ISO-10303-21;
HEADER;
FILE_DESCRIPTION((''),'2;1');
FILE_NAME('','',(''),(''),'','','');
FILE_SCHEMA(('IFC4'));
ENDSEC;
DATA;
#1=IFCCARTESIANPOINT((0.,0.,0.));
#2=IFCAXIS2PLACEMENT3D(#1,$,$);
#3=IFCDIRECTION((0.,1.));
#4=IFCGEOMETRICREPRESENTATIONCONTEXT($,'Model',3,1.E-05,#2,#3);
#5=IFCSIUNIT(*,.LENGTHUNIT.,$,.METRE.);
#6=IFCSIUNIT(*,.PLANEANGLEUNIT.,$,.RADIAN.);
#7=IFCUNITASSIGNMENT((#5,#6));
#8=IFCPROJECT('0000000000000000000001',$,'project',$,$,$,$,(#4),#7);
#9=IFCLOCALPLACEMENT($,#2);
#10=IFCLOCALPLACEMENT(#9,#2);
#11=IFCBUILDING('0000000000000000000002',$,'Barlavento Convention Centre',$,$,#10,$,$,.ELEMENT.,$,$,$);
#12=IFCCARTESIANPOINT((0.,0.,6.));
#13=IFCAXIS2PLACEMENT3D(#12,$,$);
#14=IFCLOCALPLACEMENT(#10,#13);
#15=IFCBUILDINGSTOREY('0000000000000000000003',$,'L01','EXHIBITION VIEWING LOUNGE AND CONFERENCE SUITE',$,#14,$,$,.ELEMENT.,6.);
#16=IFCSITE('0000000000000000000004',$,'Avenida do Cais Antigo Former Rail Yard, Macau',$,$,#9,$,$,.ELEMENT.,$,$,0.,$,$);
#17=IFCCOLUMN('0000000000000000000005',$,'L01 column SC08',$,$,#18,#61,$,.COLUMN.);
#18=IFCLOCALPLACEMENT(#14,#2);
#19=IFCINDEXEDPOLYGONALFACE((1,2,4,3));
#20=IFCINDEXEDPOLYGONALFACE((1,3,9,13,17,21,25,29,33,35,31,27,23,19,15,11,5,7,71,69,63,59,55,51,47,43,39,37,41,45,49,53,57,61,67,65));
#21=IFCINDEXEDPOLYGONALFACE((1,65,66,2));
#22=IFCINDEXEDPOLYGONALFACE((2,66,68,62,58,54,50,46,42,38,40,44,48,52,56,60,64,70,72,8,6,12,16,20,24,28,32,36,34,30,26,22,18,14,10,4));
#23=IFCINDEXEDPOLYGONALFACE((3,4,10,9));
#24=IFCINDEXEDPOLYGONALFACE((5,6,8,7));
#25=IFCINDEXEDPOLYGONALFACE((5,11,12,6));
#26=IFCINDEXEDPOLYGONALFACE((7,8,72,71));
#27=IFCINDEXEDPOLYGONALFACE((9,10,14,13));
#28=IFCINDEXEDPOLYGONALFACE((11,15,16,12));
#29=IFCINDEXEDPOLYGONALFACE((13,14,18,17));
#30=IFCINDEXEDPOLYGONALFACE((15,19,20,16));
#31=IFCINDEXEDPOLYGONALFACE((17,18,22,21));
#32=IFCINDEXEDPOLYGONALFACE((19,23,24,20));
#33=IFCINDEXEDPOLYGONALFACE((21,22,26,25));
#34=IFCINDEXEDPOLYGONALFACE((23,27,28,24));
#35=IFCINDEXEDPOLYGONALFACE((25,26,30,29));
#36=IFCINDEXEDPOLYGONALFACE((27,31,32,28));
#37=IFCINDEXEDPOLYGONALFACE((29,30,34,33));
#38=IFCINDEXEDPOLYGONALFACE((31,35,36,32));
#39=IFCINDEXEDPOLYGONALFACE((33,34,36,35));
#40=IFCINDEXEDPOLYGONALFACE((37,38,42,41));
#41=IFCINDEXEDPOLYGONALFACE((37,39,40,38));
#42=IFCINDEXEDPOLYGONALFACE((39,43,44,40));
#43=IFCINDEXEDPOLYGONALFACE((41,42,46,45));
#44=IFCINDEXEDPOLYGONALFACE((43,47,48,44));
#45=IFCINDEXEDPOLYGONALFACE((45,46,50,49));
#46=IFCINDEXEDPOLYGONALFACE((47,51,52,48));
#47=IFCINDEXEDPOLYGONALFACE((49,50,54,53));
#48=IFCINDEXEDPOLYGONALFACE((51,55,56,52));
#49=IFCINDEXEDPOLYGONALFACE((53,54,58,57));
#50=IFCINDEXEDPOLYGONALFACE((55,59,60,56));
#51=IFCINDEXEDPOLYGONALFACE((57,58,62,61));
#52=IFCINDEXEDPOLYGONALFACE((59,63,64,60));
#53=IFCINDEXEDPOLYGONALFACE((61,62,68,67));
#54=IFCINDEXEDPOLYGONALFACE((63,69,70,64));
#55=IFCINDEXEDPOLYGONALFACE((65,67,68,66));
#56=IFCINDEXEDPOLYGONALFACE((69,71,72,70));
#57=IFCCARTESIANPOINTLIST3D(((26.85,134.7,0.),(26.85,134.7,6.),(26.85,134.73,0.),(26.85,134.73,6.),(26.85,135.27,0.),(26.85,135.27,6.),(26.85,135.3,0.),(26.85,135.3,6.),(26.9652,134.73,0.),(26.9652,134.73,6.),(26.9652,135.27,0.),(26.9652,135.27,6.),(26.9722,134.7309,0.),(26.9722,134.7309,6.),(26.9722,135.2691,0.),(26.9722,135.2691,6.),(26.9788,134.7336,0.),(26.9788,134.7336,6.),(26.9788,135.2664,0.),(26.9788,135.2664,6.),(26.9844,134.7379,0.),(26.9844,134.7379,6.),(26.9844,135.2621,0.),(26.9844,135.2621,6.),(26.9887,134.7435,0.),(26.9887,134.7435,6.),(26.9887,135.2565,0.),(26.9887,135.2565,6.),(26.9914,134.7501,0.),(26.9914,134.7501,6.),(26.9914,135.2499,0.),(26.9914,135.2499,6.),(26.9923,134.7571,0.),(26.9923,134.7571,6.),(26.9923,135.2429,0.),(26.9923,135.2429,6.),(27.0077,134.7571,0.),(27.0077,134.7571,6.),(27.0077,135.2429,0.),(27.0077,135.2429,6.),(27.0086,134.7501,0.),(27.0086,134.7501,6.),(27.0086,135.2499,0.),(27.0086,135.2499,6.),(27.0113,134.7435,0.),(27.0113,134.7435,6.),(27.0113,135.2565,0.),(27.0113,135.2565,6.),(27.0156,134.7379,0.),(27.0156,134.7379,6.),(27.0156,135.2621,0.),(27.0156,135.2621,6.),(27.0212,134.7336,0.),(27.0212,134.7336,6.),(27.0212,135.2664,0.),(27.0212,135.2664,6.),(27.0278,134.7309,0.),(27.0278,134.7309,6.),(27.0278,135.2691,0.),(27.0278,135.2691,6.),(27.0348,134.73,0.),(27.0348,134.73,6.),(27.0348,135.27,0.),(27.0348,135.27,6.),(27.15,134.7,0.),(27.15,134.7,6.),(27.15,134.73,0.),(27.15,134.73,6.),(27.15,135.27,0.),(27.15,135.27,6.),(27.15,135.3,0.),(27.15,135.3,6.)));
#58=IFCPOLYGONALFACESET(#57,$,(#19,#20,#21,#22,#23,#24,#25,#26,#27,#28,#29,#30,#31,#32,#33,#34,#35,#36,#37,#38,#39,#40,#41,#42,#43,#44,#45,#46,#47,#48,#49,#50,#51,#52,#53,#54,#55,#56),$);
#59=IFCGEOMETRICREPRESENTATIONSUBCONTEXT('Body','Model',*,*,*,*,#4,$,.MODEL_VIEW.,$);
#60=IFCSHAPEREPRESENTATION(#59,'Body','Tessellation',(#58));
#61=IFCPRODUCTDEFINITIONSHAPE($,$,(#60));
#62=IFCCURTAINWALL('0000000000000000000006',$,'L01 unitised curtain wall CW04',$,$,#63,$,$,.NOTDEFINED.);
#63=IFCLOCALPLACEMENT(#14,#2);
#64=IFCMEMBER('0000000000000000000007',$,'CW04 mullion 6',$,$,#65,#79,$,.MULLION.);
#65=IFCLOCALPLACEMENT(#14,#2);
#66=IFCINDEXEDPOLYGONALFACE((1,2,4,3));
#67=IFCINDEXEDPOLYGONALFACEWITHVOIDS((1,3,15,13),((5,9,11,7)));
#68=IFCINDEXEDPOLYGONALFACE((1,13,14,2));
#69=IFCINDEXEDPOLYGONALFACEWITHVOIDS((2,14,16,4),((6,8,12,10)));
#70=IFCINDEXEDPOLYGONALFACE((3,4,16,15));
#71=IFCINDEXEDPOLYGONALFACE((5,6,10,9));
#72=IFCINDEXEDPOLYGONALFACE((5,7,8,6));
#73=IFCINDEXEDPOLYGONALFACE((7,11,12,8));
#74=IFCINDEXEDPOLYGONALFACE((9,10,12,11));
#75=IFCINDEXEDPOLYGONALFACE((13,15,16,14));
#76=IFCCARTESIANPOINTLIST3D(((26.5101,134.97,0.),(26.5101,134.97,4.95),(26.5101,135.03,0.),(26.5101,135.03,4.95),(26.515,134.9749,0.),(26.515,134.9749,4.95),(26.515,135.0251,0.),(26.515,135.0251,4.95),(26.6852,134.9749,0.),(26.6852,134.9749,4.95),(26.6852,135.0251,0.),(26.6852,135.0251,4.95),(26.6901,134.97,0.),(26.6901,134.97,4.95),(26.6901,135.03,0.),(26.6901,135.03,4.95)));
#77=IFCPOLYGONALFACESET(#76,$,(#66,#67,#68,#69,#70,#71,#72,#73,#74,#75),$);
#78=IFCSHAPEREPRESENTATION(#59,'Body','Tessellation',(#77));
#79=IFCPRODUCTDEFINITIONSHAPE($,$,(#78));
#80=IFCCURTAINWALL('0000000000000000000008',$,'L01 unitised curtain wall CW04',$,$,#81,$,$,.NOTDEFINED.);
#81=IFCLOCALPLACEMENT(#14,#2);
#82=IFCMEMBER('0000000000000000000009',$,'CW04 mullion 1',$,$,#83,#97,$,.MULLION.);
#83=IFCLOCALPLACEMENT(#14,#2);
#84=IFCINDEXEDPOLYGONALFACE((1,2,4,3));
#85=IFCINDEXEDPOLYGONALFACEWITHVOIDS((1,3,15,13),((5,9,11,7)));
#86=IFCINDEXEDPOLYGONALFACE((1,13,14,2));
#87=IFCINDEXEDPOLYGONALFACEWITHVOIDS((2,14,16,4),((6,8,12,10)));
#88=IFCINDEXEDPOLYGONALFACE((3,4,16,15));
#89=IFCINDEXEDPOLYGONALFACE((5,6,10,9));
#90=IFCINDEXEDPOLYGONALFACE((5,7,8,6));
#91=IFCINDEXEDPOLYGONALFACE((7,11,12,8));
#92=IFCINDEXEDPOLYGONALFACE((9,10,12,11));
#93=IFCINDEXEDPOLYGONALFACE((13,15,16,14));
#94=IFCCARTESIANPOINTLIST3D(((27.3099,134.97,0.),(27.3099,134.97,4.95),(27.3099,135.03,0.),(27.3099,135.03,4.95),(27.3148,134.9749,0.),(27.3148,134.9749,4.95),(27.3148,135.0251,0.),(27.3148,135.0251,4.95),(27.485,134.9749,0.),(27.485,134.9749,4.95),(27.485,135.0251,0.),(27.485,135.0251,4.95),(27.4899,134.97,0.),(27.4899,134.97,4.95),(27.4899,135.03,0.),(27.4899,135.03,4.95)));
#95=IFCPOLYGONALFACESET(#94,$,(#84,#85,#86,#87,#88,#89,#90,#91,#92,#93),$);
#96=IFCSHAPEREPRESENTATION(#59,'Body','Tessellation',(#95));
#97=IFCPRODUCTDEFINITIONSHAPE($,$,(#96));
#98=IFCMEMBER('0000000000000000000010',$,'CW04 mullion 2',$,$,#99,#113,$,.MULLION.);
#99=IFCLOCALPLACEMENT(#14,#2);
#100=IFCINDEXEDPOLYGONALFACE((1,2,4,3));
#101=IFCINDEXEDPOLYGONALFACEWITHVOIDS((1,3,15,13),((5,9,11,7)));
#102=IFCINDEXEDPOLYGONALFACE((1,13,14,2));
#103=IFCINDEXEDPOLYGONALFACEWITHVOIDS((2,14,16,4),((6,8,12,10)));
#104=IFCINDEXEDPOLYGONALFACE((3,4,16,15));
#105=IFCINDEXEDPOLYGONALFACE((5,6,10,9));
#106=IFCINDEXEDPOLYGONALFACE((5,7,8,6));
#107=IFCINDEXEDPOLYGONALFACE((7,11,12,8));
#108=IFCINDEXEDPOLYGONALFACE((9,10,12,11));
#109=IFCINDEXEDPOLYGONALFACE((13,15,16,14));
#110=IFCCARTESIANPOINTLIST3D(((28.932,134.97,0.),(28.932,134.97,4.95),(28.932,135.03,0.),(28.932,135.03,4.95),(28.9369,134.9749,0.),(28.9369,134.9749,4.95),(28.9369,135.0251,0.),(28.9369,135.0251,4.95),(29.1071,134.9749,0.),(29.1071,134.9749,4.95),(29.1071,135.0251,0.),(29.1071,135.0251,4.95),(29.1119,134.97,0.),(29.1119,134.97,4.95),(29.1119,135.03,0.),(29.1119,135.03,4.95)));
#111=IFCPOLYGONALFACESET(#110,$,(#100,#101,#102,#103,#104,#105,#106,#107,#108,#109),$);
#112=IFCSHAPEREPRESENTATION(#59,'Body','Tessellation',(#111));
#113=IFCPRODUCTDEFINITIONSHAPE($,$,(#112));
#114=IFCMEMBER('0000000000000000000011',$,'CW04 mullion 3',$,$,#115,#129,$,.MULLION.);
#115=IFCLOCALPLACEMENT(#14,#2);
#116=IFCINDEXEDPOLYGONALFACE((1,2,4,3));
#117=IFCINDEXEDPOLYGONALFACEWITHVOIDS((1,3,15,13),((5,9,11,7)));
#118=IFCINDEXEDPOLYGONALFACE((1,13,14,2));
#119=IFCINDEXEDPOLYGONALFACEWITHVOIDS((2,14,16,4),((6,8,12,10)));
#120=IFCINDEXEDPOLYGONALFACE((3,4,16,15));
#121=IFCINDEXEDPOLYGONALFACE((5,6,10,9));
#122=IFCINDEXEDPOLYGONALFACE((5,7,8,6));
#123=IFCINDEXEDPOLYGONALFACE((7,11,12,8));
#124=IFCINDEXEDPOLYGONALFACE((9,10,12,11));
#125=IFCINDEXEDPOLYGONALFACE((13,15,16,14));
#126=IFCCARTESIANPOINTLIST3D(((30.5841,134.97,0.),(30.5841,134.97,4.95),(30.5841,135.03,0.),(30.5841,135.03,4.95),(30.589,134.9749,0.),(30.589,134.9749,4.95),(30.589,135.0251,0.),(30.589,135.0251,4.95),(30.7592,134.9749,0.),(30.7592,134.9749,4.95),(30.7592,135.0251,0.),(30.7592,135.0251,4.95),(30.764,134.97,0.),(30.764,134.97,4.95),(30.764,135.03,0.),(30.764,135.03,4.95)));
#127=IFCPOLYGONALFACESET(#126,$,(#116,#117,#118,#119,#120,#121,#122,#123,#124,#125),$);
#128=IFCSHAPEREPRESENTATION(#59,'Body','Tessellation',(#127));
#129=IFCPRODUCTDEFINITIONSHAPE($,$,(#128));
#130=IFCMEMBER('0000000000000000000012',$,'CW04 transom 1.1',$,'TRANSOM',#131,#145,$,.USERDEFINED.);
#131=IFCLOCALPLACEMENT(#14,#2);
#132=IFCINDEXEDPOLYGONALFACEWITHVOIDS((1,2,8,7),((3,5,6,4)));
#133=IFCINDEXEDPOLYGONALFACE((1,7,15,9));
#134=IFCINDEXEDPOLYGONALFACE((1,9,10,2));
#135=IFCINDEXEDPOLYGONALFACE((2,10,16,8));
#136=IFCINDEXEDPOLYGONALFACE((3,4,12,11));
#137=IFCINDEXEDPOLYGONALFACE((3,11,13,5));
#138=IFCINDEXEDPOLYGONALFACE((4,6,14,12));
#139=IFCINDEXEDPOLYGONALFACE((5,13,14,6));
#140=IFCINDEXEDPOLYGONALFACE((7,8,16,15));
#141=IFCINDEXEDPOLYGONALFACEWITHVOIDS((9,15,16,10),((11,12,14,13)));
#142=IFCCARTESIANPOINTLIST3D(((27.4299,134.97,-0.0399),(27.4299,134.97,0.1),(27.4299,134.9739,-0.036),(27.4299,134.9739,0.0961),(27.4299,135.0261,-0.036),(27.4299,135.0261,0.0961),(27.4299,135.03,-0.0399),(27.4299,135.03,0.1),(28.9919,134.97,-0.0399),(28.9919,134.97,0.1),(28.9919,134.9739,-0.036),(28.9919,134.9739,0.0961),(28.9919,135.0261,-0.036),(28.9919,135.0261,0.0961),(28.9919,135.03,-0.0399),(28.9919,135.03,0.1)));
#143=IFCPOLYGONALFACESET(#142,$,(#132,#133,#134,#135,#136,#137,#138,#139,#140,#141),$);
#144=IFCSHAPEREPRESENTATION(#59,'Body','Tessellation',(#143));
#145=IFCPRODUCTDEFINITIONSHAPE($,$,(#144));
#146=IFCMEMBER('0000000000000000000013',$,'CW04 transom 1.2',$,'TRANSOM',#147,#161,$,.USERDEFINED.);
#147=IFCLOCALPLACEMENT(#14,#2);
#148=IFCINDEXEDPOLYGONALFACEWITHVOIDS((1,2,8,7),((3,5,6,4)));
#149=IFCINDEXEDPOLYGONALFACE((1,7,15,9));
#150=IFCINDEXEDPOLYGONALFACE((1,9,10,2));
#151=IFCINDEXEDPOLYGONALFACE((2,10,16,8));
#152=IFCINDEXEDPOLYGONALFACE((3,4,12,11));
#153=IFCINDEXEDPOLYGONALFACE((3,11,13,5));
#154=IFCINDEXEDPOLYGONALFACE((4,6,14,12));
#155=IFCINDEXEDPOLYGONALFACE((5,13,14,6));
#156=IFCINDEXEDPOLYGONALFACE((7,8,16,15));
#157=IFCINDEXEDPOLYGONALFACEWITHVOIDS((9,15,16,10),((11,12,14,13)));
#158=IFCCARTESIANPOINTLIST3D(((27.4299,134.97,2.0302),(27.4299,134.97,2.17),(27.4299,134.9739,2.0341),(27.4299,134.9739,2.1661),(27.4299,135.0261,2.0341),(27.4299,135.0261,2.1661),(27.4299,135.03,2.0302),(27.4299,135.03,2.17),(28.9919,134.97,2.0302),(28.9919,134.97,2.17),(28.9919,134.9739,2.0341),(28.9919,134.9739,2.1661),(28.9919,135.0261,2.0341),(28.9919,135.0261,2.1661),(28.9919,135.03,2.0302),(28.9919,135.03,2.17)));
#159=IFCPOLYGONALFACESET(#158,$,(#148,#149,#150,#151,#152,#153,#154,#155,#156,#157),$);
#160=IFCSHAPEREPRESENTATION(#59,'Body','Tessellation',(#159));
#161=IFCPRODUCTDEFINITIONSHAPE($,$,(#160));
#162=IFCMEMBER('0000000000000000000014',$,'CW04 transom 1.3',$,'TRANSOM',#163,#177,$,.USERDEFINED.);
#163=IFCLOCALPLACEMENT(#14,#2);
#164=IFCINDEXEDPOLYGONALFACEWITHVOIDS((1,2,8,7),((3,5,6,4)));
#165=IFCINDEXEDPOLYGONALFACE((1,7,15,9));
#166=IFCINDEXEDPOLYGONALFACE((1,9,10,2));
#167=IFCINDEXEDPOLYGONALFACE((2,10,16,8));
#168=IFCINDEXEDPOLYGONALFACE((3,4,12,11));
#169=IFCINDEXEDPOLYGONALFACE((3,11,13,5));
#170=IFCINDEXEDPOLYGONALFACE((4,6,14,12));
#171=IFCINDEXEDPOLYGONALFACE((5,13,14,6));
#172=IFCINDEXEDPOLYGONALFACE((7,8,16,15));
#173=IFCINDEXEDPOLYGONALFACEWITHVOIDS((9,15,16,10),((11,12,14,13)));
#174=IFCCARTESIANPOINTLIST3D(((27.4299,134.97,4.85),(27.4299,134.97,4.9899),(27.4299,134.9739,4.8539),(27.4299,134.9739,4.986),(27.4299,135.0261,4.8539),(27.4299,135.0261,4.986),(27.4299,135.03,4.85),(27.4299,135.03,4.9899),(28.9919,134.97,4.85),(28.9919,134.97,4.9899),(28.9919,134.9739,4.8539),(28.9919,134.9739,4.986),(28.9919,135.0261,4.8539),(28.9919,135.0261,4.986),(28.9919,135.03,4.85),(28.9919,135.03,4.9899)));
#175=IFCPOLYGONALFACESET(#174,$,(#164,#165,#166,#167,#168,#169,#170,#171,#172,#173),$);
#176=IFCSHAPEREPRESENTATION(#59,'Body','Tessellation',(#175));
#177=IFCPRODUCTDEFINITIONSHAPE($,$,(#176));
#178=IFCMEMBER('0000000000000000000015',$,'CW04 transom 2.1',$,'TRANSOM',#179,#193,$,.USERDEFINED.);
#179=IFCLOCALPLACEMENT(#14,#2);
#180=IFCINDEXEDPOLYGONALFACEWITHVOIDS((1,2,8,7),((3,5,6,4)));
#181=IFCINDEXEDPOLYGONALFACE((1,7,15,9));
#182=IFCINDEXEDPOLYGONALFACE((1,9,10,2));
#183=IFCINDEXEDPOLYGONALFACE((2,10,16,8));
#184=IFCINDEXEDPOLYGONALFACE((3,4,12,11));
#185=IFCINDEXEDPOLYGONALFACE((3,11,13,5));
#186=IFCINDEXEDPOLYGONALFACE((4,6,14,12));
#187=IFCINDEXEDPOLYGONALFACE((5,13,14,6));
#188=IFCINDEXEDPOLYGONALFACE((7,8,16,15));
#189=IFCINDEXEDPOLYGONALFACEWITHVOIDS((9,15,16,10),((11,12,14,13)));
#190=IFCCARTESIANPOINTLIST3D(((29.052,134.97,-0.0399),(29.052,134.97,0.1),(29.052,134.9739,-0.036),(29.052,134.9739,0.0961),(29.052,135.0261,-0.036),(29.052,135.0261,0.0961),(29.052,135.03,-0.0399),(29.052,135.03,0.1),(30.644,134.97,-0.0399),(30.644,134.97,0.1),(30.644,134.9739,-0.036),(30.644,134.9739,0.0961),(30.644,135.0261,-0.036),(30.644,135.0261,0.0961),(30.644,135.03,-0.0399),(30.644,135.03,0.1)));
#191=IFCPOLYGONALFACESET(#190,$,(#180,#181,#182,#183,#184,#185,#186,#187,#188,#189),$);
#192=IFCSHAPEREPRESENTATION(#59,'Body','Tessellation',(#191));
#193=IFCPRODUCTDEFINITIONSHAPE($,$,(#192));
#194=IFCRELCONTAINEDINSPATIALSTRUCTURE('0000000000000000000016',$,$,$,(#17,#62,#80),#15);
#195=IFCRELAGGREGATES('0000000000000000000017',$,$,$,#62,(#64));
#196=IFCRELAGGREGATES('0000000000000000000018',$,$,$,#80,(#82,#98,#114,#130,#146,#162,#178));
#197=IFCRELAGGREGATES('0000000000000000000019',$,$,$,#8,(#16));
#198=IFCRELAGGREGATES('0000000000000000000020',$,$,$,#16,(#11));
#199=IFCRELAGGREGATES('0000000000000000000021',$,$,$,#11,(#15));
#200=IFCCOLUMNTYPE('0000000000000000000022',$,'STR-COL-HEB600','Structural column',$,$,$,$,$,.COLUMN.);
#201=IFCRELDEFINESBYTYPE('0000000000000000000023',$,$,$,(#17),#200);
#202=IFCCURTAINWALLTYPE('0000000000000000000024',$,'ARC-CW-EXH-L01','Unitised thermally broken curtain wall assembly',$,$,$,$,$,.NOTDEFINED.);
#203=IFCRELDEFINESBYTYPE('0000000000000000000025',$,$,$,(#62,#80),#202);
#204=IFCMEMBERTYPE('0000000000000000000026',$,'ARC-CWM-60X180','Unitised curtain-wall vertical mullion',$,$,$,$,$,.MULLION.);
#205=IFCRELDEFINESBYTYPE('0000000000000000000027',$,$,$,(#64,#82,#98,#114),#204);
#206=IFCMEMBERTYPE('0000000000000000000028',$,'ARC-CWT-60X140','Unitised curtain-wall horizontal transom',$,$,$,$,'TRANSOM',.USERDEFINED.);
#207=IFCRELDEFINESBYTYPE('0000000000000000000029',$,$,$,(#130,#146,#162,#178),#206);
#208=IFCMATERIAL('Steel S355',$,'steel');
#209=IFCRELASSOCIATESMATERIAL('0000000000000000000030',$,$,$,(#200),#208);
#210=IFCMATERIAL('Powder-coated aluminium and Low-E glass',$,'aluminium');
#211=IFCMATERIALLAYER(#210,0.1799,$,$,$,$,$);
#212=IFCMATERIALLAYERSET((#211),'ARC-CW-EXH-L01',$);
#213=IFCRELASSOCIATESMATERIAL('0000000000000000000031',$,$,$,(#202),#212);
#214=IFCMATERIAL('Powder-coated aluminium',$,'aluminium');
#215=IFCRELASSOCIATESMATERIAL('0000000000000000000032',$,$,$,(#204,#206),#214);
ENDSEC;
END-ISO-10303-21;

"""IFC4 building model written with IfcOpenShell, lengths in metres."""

from ifc_helpers import new_model, si_unit, direction, frame, origin, origin_2d, place, context, subcontext, project, spatial, hollow_rectangle, i_section, extrude, material, layer, layer_set, material_profile, profile_set, type_object, element, aggregate, save


model = new_model("IFC4")

# Units and contexts
model_context = context("Model", 3, precision=1e-05, world=origin(), true_north=direction((0.0, 1.0)))
body_context = subcontext(model_context, "Body", "Model", "MODEL_VIEW")
ifc_project = project(units=[si_unit("LENGTHUNIT", "METRE"), si_unit("PLANEANGLEUNIT", "RADIAN")], contexts=[model_context])

# Site, building, storey
site_placement = place(None, origin())
site = spatial("IfcSite", under=ifc_project, at=site_placement, Name="Avenida do Cais Antigo Former Rail Yard, Macau", CompositionType="ELEMENT", RefElevation=0.0)
building_placement = place(site_placement, origin())
building = spatial("IfcBuilding", under=site, at=building_placement, Name="Barlavento Convention Centre", CompositionType="ELEMENT")
storey_placement = place(building_placement, frame((0.0, 0.0, 6.0)))
storey = spatial("IfcBuildingStorey", under=building, at=storey_placement, Name="L01", Description="EXHIBITION VIEWING LOUNGE AND CONFERENCE SUITE", CompositionType="ELEMENT", Elevation=6.0)

# Column
ifc_material_1 = material(Name="Steel S355", Category="steel")
ifc_material_profile_1 = material_profile(ifc_material_1, i_section(OverallWidth=0.3, OverallDepth=0.6001, WebThickness=0.0154, FlangeThickness=0.03, FilletRadius=0.0271, at=origin_2d()), Name="HEB 600")
ifc_profile_set_1 = profile_set([ifc_material_profile_1], Name="Steel S355")
column_type = type_object("IfcColumnType", Name="STR-COL-HEB600", Description="Structural column", PredefinedType="COLUMN", material=ifc_profile_set_1)
column_placement = place(storey_placement, frame((27.0, 135.0, 0.0), z_axis=(0.0, 0.0, 1.0), x_axis=(1.0, 0.0, 0.0)))
element("IfcColumn", 1, at=column_placement, inside=storey, type_object=column_type, Name="L01 column SC08", PredefinedType="COLUMN", context=body_context, shape_type="SweptSolid", body=[
    extrude(i_section(OverallWidth=0.3, OverallDepth=0.6001, WebThickness=0.0154, FlangeThickness=0.03, FilletRadius=0.0271, at=origin_2d()), origin(), (0.0, 0.0, 1.0), 6.0),
])

# Curtain wall, member
ifc_material_2 = material(Name="Powder-coated aluminium and Low-E glass", Category="aluminium")
ifc_layer_1 = layer(ifc_material_2, 0.1799)
ifc_layer_set_1 = layer_set([ifc_layer_1], Name="ARC-CW-EXH-L01")
curtain_wall_type = type_object("IfcCurtainWallType", Name="ARC-CW-EXH-L01", Description="Unitised thermally broken curtain wall assembly", PredefinedType="NOTDEFINED", material=ifc_layer_set_1)
curtain_wall_1_placement = place(storey_placement, origin())
curtain_wall_1 = element("IfcCurtainWall", 2, at=curtain_wall_1_placement, inside=storey, type_object=curtain_wall_type, Name="L01 unitised curtain wall CW04", PredefinedType="NOTDEFINED")
ifc_material_3 = material(Name="Powder-coated aluminium", Category="aluminium")
ifc_material_profile_2 = material_profile(ifc_material_3, hollow_rectangle(XDim=0.0601, YDim=0.1799, WallThickness=0.0049, at=origin_2d()), Name="AL-MULL 60x180x5")
ifc_profile_set_2 = profile_set([ifc_material_profile_2], Name="Powder-coated aluminium")
member_type_1 = type_object("IfcMemberType", Name="ARC-CWM-60X180", Description="Unitised curtain-wall vertical mullion", PredefinedType="MULLION", material=ifc_profile_set_2)
member_1_placement = place(storey_placement, frame((26.6001, 135.0, 0.0), z_axis=(0.0, 0.0, 1.0), x_axis=(0.0, 1.0, 0.0)))
member_1 = element("IfcMember", 3, at=member_1_placement, type_object=member_type_1, Name="CW04 mullion 6", PredefinedType="MULLION", context=body_context, shape_type="SweptSolid", body=[
    extrude(hollow_rectangle(XDim=0.0601, YDim=0.1799, WallThickness=0.0049, at=origin_2d()), origin(), (0.0, 0.0, 1.0), 4.95),
])

# Curtain wall, members
curtain_wall_2_placement = place(storey_placement, origin())
curtain_wall_2 = element("IfcCurtainWall", 4, at=curtain_wall_2_placement, inside=storey, type_object=curtain_wall_type, Name="L01 unitised curtain wall CW04", PredefinedType="NOTDEFINED")
member_2_placement = place(storey_placement, frame((27.3999, 135.0, 0.0), z_axis=(0.0, 0.0, 1.0), x_axis=(0.0, 1.0, 0.0)))
member_2 = element("IfcMember", 5, at=member_2_placement, type_object=member_type_1, Name="CW04 mullion 1", PredefinedType="MULLION", context=body_context, shape_type="SweptSolid", body=[
    extrude(hollow_rectangle(XDim=0.0601, YDim=0.1799, WallThickness=0.0049, at=origin_2d()), origin(), (0.0, 0.0, 1.0), 4.95),
])
member_3_placement = place(storey_placement, frame((29.022, 135.0, 0.0), z_axis=(0.0, 0.0, 1.0), x_axis=(0.0, 1.0, 0.0)))
member_3 = element("IfcMember", 6, at=member_3_placement, type_object=member_type_1, Name="CW04 mullion 2", PredefinedType="MULLION", context=body_context, shape_type="SweptSolid", body=[
    extrude(hollow_rectangle(XDim=0.0601, YDim=0.1799, WallThickness=0.0049, at=origin_2d()), origin(), (0.0, 0.0, 1.0), 4.95),
])
member_4_placement = place(storey_placement, frame((30.6741, 135.0, 0.0), z_axis=(0.0, 0.0, 1.0), x_axis=(0.0, 1.0, 0.0)))
member_4 = element("IfcMember", 7, at=member_4_placement, type_object=member_type_1, Name="CW04 mullion 3", PredefinedType="MULLION", context=body_context, shape_type="SweptSolid", body=[
    extrude(hollow_rectangle(XDim=0.0601, YDim=0.1799, WallThickness=0.0049, at=origin_2d()), origin(), (0.0, 0.0, 1.0), 4.95),
])
ifc_material_profile_3 = material_profile(ifc_material_3, hollow_rectangle(XDim=0.0601, YDim=0.1399, WallThickness=0.0039, at=origin_2d()), Name="AL-TRAN 60x140x4")
ifc_profile_set_3 = profile_set([ifc_material_profile_3], Name="Powder-coated aluminium")
member_type_2 = type_object("IfcMemberType", Name="ARC-CWT-60X140", Description="Unitised curtain-wall horizontal transom", ElementType="TRANSOM", PredefinedType="USERDEFINED", material=ifc_profile_set_3)
member_5_placement = place(storey_placement, frame((27.4299, 135.0, 0.03), z_axis=(1.0, 0.0, 0.0), x_axis=(0.0, 1.0, 0.0)))
member_5 = element("IfcMember", 8, at=member_5_placement, type_object=member_type_2, Name="CW04 transom 1.1", ObjectType="TRANSOM", PredefinedType="USERDEFINED", context=body_context, shape_type="SweptSolid", body=[
    extrude(hollow_rectangle(XDim=0.0601, YDim=0.1399, WallThickness=0.0039, at=origin_2d()), origin(), (0.0, 0.0, 1.0), 1.562),
])
member_6_placement = place(storey_placement, frame((27.4299, 135.0, 2.1001), z_axis=(1.0, 0.0, 0.0), x_axis=(0.0, 1.0, 0.0)))
member_6 = element("IfcMember", 9, at=member_6_placement, type_object=member_type_2, Name="CW04 transom 1.2", ObjectType="TRANSOM", PredefinedType="USERDEFINED", context=body_context, shape_type="SweptSolid", body=[
    extrude(hollow_rectangle(XDim=0.0601, YDim=0.1399, WallThickness=0.0039, at=origin_2d()), origin(), (0.0, 0.0, 1.0), 1.562),
])
member_7_placement = place(storey_placement, frame((27.4299, 135.0, 4.9199), z_axis=(1.0, 0.0, 0.0), x_axis=(0.0, 1.0, 0.0)))
member_7 = element("IfcMember", 10, at=member_7_placement, type_object=member_type_2, Name="CW04 transom 1.3", ObjectType="TRANSOM", PredefinedType="USERDEFINED", context=body_context, shape_type="SweptSolid", body=[
    extrude(hollow_rectangle(XDim=0.0601, YDim=0.1399, WallThickness=0.0039, at=origin_2d()), origin(), (0.0, 0.0, 1.0), 1.562),
])
member_8_placement = place(storey_placement, frame((29.052, 135.0, 0.03), z_axis=(1.0, 0.0, 0.0), x_axis=(0.0, 1.0, 0.0)))
member_8 = element("IfcMember", 11, at=member_8_placement, type_object=member_type_2, Name="CW04 transom 2.1", ObjectType="TRANSOM", PredefinedType="USERDEFINED", context=body_context, shape_type="SweptSolid", body=[
    extrude(hollow_rectangle(XDim=0.0601, YDim=0.1399, WallThickness=0.0039, at=origin_2d()), origin(), (0.0, 0.0, 1.0), 1.592),
])

aggregate(curtain_wall_1, [member_1])
aggregate(curtain_wall_2, [member_2, member_3, member_4, member_5, member_6, member_7, member_8])

save(model, "model.ifc")
